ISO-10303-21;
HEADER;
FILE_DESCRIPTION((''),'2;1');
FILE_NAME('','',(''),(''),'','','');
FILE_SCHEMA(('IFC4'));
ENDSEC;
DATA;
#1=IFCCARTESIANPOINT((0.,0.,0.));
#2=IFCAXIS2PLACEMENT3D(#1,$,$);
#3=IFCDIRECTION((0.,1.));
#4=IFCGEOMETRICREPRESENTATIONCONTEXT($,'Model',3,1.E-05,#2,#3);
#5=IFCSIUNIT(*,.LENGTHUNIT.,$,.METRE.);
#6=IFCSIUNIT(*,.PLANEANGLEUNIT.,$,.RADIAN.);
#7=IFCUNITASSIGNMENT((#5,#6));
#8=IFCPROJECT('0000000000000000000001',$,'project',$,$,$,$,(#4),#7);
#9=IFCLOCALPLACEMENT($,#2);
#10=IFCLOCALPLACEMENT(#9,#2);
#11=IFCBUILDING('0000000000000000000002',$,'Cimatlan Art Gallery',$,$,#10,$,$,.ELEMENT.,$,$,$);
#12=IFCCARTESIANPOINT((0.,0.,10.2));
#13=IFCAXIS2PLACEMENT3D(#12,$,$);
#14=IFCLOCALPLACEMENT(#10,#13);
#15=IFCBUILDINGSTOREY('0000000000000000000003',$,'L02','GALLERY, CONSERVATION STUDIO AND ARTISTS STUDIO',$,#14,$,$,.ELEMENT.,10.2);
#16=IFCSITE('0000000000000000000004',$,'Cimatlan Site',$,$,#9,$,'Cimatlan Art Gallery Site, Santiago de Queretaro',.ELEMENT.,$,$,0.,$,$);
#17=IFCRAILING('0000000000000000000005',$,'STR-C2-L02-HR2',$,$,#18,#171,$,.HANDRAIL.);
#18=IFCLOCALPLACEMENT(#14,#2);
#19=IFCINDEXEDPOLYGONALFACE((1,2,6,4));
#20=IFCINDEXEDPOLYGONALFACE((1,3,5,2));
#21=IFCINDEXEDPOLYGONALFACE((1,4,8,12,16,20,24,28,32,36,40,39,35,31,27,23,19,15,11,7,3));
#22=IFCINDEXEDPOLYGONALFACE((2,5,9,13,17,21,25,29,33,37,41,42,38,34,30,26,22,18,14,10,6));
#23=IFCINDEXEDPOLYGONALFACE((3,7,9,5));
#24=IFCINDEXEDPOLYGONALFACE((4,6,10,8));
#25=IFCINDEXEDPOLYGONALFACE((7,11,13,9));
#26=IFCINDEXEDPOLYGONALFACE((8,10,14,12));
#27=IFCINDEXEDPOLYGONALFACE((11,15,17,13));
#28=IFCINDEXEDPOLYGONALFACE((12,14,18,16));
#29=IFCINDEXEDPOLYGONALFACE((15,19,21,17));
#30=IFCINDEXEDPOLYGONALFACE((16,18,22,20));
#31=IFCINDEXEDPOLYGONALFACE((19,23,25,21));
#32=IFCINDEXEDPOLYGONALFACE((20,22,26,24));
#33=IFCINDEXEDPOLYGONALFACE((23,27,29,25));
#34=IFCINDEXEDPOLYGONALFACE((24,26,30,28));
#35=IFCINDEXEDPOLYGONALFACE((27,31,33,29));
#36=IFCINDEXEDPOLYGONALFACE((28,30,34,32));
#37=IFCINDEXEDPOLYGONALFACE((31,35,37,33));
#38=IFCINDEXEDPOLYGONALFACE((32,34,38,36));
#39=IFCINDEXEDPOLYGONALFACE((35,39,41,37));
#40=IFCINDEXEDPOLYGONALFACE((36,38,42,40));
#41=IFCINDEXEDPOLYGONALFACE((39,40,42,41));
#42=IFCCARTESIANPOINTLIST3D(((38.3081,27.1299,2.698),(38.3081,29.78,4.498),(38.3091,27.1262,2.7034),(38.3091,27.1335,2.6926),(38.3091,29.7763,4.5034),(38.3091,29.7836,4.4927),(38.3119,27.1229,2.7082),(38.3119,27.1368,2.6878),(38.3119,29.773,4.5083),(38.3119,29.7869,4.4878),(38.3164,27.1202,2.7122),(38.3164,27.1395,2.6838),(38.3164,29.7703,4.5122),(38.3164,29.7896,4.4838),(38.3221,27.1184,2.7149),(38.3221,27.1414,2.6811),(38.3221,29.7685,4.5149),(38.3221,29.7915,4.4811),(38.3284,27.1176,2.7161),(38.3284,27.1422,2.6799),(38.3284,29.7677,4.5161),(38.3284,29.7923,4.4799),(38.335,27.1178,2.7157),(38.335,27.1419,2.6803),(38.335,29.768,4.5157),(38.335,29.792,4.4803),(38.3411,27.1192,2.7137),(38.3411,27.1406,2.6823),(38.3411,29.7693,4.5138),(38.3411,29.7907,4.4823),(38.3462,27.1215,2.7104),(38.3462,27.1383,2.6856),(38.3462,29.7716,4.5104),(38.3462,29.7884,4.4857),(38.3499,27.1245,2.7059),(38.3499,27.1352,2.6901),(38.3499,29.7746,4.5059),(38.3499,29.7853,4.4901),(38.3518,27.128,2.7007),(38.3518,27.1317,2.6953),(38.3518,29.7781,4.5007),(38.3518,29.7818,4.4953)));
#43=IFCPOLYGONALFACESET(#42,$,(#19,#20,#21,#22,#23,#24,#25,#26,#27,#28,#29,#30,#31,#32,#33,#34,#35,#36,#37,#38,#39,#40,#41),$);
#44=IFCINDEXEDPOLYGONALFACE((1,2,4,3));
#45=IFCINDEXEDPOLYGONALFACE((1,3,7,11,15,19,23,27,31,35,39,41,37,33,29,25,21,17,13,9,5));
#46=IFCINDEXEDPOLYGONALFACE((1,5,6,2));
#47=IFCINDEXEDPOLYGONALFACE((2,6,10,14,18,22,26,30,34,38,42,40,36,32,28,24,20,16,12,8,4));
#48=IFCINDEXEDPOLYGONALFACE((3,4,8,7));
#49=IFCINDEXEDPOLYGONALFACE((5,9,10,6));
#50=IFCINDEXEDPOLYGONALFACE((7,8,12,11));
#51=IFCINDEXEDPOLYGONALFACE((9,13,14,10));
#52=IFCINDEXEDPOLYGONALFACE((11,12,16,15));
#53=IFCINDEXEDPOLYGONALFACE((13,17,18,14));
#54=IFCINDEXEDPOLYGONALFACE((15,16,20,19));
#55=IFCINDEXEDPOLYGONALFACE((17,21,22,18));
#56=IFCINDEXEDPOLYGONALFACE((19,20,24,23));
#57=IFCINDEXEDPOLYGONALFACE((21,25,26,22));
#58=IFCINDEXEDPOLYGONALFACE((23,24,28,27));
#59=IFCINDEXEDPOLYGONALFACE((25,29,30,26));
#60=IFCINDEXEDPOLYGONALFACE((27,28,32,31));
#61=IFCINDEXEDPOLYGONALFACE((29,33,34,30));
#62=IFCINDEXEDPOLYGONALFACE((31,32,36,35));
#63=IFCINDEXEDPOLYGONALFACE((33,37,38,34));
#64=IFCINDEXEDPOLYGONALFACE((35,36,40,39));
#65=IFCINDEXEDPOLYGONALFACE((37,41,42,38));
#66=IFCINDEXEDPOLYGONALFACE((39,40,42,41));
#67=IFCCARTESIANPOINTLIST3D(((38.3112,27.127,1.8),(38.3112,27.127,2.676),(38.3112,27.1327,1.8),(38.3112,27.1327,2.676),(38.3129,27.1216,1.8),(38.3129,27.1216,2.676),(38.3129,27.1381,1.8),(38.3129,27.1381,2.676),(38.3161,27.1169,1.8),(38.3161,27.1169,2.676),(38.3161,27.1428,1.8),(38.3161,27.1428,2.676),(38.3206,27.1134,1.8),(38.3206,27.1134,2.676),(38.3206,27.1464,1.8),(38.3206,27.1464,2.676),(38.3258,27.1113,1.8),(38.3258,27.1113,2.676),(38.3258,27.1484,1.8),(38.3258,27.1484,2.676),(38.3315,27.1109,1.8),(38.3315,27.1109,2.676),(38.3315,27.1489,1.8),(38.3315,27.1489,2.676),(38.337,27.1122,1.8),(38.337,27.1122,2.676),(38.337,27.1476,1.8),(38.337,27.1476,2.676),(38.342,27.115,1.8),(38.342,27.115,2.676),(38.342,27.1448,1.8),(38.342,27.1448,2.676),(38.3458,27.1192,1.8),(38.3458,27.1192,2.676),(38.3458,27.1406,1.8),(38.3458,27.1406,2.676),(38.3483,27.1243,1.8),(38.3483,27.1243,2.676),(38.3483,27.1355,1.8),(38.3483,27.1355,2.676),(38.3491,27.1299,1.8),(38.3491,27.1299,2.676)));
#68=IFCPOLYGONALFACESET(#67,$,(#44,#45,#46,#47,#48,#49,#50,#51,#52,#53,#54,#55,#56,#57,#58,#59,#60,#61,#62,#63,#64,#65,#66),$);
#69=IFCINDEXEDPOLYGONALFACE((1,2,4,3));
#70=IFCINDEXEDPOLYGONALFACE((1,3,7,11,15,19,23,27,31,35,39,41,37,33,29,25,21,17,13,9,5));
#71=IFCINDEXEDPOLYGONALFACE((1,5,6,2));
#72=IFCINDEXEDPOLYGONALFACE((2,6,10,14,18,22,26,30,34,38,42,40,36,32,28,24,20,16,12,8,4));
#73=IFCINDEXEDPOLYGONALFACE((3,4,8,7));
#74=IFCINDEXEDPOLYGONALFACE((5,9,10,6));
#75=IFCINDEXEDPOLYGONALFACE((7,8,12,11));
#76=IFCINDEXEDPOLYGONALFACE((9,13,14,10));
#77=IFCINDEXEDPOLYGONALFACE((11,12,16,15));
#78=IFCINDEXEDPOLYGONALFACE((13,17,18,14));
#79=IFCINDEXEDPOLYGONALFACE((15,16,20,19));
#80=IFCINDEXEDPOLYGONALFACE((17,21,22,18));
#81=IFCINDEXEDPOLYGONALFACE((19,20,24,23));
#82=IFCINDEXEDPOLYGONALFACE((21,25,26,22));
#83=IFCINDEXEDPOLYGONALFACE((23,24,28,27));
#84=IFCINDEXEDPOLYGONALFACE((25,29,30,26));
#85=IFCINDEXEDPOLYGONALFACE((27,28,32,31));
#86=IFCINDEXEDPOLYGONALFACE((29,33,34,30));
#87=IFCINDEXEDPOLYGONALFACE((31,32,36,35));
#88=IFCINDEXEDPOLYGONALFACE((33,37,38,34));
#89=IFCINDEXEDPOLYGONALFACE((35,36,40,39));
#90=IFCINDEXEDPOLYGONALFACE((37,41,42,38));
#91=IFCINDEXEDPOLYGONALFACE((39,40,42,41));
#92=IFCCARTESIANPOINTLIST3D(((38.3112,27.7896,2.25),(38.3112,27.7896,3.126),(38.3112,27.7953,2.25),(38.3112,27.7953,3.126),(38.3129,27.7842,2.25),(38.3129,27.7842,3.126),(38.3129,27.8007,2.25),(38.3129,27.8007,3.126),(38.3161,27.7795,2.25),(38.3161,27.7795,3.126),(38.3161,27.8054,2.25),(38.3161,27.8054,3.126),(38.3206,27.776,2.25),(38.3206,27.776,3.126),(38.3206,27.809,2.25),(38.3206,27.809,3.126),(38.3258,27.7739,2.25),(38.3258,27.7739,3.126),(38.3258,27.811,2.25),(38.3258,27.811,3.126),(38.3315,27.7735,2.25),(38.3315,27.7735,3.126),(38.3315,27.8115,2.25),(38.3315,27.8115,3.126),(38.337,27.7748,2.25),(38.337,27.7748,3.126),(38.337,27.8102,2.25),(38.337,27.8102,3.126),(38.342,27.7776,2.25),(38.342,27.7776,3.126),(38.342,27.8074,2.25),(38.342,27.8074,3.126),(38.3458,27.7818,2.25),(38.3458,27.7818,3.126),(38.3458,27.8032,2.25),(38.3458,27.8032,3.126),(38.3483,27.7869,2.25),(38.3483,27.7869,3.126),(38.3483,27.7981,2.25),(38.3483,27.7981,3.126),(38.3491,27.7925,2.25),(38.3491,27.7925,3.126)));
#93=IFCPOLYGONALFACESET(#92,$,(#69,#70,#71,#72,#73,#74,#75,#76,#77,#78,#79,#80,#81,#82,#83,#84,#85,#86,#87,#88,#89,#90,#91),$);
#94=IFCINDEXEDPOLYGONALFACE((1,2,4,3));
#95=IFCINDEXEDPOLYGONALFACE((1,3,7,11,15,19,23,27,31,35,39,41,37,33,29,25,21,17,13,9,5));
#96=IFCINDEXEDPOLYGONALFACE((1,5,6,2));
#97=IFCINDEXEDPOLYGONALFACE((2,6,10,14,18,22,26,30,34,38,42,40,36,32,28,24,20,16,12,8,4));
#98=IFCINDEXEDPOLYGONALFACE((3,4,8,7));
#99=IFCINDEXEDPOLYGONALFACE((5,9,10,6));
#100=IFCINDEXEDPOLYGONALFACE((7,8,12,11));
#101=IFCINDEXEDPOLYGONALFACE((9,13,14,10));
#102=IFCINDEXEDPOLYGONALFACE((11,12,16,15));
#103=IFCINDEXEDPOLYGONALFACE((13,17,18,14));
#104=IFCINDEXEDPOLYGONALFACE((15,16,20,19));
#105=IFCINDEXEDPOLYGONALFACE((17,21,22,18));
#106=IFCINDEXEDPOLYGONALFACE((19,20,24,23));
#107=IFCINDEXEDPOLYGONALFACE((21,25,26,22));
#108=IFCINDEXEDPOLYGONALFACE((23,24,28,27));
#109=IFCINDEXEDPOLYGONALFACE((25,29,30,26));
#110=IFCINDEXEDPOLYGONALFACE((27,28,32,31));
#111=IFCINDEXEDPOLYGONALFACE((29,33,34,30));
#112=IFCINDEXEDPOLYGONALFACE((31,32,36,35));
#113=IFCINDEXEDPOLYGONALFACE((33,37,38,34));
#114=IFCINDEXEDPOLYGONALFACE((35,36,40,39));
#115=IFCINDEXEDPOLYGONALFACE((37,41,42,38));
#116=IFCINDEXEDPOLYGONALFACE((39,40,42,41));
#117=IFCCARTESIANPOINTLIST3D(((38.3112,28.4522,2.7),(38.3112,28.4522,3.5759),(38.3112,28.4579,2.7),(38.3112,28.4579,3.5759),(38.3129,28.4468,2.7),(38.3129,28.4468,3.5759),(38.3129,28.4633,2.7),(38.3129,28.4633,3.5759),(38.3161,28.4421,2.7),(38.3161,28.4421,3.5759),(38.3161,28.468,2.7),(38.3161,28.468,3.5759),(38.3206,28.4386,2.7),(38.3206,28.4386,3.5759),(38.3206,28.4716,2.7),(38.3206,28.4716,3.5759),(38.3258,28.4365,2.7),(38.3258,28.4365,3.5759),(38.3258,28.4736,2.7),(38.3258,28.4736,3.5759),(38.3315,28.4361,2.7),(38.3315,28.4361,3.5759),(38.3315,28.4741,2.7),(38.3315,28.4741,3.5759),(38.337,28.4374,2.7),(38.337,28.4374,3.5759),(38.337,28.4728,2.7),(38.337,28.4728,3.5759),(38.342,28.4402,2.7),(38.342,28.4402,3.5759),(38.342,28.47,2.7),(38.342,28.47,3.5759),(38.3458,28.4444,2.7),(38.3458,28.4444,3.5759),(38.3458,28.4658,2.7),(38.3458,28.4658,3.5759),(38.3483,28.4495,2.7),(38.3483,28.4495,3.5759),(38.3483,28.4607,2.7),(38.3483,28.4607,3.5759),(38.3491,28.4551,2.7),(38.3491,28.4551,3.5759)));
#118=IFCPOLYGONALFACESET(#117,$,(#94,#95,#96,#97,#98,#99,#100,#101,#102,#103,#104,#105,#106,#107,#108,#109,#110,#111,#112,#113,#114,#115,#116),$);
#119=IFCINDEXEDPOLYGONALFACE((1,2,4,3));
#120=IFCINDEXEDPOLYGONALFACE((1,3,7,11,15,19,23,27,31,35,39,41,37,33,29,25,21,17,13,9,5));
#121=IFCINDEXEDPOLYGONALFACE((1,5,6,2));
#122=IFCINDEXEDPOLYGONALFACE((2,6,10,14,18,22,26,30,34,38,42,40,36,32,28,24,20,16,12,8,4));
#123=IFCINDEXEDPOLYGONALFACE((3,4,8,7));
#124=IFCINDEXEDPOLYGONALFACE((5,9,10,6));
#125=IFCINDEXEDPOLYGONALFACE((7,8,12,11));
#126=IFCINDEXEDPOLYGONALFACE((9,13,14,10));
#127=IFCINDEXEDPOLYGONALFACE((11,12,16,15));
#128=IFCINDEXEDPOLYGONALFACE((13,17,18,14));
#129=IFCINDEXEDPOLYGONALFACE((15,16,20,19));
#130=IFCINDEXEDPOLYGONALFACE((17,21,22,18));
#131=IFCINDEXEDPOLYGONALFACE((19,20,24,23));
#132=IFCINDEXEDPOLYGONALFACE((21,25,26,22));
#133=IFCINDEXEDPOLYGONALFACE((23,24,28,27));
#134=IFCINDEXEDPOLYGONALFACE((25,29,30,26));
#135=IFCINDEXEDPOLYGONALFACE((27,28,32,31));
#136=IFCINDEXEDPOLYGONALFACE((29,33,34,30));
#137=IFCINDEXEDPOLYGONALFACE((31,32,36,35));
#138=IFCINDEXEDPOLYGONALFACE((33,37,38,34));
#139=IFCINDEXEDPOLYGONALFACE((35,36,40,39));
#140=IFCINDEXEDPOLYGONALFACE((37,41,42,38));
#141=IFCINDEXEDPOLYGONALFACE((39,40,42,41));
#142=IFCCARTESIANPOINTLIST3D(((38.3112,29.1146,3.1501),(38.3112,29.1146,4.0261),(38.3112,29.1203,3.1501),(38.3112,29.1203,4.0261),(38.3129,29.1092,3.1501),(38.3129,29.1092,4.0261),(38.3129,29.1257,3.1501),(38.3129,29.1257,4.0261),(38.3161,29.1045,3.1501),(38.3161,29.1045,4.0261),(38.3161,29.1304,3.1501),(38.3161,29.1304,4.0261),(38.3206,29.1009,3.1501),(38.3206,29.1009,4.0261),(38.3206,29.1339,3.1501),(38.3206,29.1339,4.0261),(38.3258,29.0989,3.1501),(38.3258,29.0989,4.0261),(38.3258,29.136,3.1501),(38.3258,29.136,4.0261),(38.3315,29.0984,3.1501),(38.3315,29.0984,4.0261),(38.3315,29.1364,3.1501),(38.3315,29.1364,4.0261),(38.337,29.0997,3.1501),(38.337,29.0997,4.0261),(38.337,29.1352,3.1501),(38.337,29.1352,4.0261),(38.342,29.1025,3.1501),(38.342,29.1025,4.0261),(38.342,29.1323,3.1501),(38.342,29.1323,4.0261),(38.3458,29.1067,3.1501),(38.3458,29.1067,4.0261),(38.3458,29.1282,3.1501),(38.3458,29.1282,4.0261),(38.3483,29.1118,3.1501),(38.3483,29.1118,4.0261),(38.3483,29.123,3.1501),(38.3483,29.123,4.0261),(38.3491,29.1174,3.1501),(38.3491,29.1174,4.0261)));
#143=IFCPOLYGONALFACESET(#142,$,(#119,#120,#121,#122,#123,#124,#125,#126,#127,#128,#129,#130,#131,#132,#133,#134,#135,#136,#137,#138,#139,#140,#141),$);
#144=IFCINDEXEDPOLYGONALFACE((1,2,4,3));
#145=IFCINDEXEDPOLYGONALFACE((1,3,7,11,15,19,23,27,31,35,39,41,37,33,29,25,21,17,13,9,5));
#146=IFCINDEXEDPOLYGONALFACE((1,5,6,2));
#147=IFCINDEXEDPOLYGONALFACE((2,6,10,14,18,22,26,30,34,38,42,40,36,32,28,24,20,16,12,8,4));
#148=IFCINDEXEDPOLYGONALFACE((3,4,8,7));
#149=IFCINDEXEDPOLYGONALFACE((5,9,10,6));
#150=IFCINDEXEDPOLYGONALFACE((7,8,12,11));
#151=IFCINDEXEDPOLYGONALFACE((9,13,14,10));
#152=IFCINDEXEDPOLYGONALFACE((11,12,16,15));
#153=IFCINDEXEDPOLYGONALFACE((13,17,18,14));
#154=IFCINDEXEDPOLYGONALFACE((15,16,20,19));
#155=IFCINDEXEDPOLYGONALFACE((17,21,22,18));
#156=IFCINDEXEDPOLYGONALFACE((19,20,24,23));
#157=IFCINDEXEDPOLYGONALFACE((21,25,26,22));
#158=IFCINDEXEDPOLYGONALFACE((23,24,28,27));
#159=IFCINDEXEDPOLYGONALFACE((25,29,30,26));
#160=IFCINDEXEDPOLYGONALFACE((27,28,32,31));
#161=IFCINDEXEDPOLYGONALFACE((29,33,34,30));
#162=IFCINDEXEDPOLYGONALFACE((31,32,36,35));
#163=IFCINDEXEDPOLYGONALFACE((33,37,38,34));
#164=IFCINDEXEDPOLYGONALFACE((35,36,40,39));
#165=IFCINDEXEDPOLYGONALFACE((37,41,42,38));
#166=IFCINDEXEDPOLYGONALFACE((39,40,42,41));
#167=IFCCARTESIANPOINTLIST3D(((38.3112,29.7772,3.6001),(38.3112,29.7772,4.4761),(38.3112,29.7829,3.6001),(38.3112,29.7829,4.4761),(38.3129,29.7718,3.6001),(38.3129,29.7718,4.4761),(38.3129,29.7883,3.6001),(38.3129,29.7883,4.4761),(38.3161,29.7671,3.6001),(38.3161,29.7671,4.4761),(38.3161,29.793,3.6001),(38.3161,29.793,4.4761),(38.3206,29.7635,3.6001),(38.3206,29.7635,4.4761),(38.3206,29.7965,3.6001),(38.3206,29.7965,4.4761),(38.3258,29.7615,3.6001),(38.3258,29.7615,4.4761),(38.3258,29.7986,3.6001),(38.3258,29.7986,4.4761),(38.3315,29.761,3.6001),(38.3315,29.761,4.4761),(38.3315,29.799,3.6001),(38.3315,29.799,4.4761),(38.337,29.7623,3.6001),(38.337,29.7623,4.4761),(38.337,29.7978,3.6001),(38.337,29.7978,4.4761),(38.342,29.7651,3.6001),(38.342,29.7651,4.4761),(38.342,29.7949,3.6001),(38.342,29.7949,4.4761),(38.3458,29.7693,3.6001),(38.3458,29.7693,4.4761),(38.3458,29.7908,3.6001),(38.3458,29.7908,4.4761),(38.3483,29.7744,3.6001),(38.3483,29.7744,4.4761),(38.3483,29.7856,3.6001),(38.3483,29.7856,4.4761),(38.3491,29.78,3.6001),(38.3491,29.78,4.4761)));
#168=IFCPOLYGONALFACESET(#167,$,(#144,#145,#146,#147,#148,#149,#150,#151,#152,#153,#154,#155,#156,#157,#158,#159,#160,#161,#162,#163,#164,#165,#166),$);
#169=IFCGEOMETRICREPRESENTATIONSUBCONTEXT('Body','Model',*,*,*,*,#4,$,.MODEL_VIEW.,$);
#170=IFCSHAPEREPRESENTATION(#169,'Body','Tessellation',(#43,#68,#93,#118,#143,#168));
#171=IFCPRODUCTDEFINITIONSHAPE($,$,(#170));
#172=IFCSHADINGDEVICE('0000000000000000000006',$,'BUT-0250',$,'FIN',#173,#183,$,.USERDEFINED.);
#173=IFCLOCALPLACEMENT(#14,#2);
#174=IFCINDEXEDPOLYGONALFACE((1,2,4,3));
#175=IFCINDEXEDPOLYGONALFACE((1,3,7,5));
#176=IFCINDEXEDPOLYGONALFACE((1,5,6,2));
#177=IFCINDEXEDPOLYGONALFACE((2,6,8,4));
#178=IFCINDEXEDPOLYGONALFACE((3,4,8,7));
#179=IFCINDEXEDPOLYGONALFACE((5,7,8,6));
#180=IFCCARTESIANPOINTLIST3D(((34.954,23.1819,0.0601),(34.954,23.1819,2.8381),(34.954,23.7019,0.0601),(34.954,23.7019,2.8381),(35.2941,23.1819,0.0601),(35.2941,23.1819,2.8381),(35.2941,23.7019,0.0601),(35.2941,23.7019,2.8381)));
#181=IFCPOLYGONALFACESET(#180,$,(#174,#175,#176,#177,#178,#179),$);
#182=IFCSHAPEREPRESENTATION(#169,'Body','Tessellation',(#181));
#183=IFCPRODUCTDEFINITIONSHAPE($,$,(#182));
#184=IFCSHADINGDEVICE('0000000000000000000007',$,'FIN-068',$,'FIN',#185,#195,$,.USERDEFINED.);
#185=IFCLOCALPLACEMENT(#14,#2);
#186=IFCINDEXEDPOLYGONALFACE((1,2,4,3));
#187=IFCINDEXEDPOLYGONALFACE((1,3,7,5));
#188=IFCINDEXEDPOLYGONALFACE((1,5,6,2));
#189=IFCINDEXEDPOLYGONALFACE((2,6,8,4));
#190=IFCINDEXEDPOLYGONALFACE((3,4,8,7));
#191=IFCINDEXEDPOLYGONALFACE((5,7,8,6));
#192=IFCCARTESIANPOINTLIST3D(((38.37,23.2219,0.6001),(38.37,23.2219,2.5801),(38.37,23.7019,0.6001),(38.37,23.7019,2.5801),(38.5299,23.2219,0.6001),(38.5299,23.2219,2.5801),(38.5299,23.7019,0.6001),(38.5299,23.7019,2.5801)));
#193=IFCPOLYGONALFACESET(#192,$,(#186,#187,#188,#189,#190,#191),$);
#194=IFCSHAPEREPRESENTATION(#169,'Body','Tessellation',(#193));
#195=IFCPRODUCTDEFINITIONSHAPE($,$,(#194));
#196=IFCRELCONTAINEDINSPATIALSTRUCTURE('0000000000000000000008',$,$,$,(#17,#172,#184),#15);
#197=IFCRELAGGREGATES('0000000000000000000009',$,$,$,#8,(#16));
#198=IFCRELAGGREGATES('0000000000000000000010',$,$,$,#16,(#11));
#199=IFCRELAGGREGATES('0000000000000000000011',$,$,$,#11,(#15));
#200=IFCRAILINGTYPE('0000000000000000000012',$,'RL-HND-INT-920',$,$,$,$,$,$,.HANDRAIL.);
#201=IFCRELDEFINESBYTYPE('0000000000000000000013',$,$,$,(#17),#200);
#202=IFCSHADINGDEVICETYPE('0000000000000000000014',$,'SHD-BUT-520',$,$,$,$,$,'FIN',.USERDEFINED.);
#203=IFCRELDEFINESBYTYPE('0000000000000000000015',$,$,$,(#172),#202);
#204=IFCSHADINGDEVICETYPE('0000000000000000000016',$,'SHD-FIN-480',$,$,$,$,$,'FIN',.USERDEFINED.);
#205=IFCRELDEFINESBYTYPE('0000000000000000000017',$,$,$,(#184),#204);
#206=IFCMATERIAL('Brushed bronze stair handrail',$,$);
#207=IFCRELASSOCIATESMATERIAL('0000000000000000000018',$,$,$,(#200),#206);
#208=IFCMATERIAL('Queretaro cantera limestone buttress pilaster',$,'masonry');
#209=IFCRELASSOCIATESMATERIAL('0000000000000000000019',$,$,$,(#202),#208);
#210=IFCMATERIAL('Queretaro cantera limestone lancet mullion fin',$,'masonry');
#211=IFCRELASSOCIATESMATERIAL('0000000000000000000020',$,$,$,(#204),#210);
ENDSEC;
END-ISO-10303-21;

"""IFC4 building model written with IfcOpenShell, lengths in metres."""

from ifc_helpers import new_model, si_unit, direction, frame, origin, origin_2d, place, context, subcontext, project, spatial, rectangle, circle, extrude, material, type_object, element, save


model = new_model("IFC4")

# Units and contexts
model_context = context("Model", 3, precision=1e-05, world=origin(), true_north=direction((0.0, 1.0)))
body_context = subcontext(model_context, "Body", "Model", "MODEL_VIEW")
ifc_project = project(units=[si_unit("LENGTHUNIT", "METRE"), si_unit("PLANEANGLEUNIT", "RADIAN")], contexts=[model_context])

# Site, building, storey
site_placement = place(None, origin())
site = spatial("IfcSite", under=ifc_project, at=site_placement, Name="Cimatlan Site", LongName="Cimatlan Art Gallery Site, Santiago de Queretaro", CompositionType="ELEMENT", RefElevation=0.0)
building_placement = place(site_placement, origin())
building = spatial("IfcBuilding", under=site, at=building_placement, Name="Cimatlan Art Gallery", CompositionType="ELEMENT")
storey_placement = place(building_placement, frame((0.0, 0.0, 10.2)))
storey = spatial("IfcBuildingStorey", under=building, at=storey_placement, Name="L02", Description="GALLERY, CONSERVATION STUDIO AND ARTISTS STUDIO", CompositionType="ELEMENT", Elevation=10.2)

# Railing
ifc_material_1 = material(Name="Brushed bronze stair handrail")
railing_type_1 = type_object("IfcRailingType", Name="RL-HND-INT-920", PredefinedType="HANDRAIL", material=ifc_material_1)
railing_1_placement = place(storey_placement, frame((38.3301, 27.1299, 1.8)))
element("IfcRailing", 1, at=railing_1_placement, inside=storey, type_object=railing_type_1, Name="STR-C2-L02-HR2", PredefinedType="HANDRAIL", context=body_context, shape_type="SweptSolid", body=[
    extrude(circle(Radius=0.022, at=origin_2d()), frame((0.0, 0.0, 0.8979), z_axis=(0.0, 0.827224, 0.561872), x_axis=(-1.0, 0.0, 0.0)), (0.0, 0.0, 1.0), 3.2036),
    extrude(circle(Radius=0.019, at=origin_2d()), origin(), (0.0, 0.0, 1.0), 0.876),
    extrude(circle(Radius=0.019, at=origin_2d()), frame((0.0, 0.6626, 0.45)), (0.0, 0.0, 1.0), 0.876),
    extrude(circle(Radius=0.019, at=origin_2d()), frame((0.0, 1.3252, 0.8999)), (0.0, 0.0, 1.0), 0.876),
    extrude(circle(Radius=0.019, at=origin_2d()), frame((0.0, 1.9875, 1.3501)), (0.0, 0.0, 1.0), 0.876),
    extrude(circle(Radius=0.019, at=origin_2d()), frame((0.0, 2.6501, 1.8)), (0.0, 0.0, 1.0), 0.876),
])

# Shading devices
ifc_material_2 = material(Name="Queretaro cantera limestone buttress pilaster", Category="masonry")
shading_device_type_1 = type_object("IfcShadingDeviceType", Name="SHD-BUT-520", ElementType="FIN", PredefinedType="USERDEFINED", material=ifc_material_2)
shading_device_1_placement = place(storey_placement, frame((35.124, 23.4419, 0.0601), z_axis=(0.0, 0.0, 1.0), x_axis=(-1.0, 0.0, 0.0)))
element("IfcShadingDevice", 2, at=shading_device_1_placement, inside=storey, type_object=shading_device_type_1, Name="BUT-0250", ObjectType="FIN", PredefinedType="USERDEFINED", context=body_context, shape_type="SweptSolid", body=[
    extrude(rectangle(XDim=0.3401, YDim=0.52, at=origin_2d()), origin(), (0.0, 0.0, 1.0), 2.7781),
])
ifc_material_3 = material(Name="Queretaro cantera limestone lancet mullion fin", Category="masonry")
shading_device_type_2 = type_object("IfcShadingDeviceType", Name="SHD-FIN-480", ElementType="FIN", PredefinedType="USERDEFINED", material=ifc_material_3)
shading_device_2_placement = place(storey_placement, frame((38.45, 23.4619, 0.6001), z_axis=(0.0, 0.0, 1.0), x_axis=(-1.0, 0.0, 0.0)))
element("IfcShadingDevice", 3, at=shading_device_2_placement, inside=storey, type_object=shading_device_type_2, Name="FIN-068", ObjectType="FIN", PredefinedType="USERDEFINED", context=body_context, shape_type="SweptSolid", body=[
    extrude(rectangle(XDim=0.1599, YDim=0.48, at=origin_2d()), origin(), (0.0, 0.0, 1.0), 1.98),
])

save(model, "model.ifc")
